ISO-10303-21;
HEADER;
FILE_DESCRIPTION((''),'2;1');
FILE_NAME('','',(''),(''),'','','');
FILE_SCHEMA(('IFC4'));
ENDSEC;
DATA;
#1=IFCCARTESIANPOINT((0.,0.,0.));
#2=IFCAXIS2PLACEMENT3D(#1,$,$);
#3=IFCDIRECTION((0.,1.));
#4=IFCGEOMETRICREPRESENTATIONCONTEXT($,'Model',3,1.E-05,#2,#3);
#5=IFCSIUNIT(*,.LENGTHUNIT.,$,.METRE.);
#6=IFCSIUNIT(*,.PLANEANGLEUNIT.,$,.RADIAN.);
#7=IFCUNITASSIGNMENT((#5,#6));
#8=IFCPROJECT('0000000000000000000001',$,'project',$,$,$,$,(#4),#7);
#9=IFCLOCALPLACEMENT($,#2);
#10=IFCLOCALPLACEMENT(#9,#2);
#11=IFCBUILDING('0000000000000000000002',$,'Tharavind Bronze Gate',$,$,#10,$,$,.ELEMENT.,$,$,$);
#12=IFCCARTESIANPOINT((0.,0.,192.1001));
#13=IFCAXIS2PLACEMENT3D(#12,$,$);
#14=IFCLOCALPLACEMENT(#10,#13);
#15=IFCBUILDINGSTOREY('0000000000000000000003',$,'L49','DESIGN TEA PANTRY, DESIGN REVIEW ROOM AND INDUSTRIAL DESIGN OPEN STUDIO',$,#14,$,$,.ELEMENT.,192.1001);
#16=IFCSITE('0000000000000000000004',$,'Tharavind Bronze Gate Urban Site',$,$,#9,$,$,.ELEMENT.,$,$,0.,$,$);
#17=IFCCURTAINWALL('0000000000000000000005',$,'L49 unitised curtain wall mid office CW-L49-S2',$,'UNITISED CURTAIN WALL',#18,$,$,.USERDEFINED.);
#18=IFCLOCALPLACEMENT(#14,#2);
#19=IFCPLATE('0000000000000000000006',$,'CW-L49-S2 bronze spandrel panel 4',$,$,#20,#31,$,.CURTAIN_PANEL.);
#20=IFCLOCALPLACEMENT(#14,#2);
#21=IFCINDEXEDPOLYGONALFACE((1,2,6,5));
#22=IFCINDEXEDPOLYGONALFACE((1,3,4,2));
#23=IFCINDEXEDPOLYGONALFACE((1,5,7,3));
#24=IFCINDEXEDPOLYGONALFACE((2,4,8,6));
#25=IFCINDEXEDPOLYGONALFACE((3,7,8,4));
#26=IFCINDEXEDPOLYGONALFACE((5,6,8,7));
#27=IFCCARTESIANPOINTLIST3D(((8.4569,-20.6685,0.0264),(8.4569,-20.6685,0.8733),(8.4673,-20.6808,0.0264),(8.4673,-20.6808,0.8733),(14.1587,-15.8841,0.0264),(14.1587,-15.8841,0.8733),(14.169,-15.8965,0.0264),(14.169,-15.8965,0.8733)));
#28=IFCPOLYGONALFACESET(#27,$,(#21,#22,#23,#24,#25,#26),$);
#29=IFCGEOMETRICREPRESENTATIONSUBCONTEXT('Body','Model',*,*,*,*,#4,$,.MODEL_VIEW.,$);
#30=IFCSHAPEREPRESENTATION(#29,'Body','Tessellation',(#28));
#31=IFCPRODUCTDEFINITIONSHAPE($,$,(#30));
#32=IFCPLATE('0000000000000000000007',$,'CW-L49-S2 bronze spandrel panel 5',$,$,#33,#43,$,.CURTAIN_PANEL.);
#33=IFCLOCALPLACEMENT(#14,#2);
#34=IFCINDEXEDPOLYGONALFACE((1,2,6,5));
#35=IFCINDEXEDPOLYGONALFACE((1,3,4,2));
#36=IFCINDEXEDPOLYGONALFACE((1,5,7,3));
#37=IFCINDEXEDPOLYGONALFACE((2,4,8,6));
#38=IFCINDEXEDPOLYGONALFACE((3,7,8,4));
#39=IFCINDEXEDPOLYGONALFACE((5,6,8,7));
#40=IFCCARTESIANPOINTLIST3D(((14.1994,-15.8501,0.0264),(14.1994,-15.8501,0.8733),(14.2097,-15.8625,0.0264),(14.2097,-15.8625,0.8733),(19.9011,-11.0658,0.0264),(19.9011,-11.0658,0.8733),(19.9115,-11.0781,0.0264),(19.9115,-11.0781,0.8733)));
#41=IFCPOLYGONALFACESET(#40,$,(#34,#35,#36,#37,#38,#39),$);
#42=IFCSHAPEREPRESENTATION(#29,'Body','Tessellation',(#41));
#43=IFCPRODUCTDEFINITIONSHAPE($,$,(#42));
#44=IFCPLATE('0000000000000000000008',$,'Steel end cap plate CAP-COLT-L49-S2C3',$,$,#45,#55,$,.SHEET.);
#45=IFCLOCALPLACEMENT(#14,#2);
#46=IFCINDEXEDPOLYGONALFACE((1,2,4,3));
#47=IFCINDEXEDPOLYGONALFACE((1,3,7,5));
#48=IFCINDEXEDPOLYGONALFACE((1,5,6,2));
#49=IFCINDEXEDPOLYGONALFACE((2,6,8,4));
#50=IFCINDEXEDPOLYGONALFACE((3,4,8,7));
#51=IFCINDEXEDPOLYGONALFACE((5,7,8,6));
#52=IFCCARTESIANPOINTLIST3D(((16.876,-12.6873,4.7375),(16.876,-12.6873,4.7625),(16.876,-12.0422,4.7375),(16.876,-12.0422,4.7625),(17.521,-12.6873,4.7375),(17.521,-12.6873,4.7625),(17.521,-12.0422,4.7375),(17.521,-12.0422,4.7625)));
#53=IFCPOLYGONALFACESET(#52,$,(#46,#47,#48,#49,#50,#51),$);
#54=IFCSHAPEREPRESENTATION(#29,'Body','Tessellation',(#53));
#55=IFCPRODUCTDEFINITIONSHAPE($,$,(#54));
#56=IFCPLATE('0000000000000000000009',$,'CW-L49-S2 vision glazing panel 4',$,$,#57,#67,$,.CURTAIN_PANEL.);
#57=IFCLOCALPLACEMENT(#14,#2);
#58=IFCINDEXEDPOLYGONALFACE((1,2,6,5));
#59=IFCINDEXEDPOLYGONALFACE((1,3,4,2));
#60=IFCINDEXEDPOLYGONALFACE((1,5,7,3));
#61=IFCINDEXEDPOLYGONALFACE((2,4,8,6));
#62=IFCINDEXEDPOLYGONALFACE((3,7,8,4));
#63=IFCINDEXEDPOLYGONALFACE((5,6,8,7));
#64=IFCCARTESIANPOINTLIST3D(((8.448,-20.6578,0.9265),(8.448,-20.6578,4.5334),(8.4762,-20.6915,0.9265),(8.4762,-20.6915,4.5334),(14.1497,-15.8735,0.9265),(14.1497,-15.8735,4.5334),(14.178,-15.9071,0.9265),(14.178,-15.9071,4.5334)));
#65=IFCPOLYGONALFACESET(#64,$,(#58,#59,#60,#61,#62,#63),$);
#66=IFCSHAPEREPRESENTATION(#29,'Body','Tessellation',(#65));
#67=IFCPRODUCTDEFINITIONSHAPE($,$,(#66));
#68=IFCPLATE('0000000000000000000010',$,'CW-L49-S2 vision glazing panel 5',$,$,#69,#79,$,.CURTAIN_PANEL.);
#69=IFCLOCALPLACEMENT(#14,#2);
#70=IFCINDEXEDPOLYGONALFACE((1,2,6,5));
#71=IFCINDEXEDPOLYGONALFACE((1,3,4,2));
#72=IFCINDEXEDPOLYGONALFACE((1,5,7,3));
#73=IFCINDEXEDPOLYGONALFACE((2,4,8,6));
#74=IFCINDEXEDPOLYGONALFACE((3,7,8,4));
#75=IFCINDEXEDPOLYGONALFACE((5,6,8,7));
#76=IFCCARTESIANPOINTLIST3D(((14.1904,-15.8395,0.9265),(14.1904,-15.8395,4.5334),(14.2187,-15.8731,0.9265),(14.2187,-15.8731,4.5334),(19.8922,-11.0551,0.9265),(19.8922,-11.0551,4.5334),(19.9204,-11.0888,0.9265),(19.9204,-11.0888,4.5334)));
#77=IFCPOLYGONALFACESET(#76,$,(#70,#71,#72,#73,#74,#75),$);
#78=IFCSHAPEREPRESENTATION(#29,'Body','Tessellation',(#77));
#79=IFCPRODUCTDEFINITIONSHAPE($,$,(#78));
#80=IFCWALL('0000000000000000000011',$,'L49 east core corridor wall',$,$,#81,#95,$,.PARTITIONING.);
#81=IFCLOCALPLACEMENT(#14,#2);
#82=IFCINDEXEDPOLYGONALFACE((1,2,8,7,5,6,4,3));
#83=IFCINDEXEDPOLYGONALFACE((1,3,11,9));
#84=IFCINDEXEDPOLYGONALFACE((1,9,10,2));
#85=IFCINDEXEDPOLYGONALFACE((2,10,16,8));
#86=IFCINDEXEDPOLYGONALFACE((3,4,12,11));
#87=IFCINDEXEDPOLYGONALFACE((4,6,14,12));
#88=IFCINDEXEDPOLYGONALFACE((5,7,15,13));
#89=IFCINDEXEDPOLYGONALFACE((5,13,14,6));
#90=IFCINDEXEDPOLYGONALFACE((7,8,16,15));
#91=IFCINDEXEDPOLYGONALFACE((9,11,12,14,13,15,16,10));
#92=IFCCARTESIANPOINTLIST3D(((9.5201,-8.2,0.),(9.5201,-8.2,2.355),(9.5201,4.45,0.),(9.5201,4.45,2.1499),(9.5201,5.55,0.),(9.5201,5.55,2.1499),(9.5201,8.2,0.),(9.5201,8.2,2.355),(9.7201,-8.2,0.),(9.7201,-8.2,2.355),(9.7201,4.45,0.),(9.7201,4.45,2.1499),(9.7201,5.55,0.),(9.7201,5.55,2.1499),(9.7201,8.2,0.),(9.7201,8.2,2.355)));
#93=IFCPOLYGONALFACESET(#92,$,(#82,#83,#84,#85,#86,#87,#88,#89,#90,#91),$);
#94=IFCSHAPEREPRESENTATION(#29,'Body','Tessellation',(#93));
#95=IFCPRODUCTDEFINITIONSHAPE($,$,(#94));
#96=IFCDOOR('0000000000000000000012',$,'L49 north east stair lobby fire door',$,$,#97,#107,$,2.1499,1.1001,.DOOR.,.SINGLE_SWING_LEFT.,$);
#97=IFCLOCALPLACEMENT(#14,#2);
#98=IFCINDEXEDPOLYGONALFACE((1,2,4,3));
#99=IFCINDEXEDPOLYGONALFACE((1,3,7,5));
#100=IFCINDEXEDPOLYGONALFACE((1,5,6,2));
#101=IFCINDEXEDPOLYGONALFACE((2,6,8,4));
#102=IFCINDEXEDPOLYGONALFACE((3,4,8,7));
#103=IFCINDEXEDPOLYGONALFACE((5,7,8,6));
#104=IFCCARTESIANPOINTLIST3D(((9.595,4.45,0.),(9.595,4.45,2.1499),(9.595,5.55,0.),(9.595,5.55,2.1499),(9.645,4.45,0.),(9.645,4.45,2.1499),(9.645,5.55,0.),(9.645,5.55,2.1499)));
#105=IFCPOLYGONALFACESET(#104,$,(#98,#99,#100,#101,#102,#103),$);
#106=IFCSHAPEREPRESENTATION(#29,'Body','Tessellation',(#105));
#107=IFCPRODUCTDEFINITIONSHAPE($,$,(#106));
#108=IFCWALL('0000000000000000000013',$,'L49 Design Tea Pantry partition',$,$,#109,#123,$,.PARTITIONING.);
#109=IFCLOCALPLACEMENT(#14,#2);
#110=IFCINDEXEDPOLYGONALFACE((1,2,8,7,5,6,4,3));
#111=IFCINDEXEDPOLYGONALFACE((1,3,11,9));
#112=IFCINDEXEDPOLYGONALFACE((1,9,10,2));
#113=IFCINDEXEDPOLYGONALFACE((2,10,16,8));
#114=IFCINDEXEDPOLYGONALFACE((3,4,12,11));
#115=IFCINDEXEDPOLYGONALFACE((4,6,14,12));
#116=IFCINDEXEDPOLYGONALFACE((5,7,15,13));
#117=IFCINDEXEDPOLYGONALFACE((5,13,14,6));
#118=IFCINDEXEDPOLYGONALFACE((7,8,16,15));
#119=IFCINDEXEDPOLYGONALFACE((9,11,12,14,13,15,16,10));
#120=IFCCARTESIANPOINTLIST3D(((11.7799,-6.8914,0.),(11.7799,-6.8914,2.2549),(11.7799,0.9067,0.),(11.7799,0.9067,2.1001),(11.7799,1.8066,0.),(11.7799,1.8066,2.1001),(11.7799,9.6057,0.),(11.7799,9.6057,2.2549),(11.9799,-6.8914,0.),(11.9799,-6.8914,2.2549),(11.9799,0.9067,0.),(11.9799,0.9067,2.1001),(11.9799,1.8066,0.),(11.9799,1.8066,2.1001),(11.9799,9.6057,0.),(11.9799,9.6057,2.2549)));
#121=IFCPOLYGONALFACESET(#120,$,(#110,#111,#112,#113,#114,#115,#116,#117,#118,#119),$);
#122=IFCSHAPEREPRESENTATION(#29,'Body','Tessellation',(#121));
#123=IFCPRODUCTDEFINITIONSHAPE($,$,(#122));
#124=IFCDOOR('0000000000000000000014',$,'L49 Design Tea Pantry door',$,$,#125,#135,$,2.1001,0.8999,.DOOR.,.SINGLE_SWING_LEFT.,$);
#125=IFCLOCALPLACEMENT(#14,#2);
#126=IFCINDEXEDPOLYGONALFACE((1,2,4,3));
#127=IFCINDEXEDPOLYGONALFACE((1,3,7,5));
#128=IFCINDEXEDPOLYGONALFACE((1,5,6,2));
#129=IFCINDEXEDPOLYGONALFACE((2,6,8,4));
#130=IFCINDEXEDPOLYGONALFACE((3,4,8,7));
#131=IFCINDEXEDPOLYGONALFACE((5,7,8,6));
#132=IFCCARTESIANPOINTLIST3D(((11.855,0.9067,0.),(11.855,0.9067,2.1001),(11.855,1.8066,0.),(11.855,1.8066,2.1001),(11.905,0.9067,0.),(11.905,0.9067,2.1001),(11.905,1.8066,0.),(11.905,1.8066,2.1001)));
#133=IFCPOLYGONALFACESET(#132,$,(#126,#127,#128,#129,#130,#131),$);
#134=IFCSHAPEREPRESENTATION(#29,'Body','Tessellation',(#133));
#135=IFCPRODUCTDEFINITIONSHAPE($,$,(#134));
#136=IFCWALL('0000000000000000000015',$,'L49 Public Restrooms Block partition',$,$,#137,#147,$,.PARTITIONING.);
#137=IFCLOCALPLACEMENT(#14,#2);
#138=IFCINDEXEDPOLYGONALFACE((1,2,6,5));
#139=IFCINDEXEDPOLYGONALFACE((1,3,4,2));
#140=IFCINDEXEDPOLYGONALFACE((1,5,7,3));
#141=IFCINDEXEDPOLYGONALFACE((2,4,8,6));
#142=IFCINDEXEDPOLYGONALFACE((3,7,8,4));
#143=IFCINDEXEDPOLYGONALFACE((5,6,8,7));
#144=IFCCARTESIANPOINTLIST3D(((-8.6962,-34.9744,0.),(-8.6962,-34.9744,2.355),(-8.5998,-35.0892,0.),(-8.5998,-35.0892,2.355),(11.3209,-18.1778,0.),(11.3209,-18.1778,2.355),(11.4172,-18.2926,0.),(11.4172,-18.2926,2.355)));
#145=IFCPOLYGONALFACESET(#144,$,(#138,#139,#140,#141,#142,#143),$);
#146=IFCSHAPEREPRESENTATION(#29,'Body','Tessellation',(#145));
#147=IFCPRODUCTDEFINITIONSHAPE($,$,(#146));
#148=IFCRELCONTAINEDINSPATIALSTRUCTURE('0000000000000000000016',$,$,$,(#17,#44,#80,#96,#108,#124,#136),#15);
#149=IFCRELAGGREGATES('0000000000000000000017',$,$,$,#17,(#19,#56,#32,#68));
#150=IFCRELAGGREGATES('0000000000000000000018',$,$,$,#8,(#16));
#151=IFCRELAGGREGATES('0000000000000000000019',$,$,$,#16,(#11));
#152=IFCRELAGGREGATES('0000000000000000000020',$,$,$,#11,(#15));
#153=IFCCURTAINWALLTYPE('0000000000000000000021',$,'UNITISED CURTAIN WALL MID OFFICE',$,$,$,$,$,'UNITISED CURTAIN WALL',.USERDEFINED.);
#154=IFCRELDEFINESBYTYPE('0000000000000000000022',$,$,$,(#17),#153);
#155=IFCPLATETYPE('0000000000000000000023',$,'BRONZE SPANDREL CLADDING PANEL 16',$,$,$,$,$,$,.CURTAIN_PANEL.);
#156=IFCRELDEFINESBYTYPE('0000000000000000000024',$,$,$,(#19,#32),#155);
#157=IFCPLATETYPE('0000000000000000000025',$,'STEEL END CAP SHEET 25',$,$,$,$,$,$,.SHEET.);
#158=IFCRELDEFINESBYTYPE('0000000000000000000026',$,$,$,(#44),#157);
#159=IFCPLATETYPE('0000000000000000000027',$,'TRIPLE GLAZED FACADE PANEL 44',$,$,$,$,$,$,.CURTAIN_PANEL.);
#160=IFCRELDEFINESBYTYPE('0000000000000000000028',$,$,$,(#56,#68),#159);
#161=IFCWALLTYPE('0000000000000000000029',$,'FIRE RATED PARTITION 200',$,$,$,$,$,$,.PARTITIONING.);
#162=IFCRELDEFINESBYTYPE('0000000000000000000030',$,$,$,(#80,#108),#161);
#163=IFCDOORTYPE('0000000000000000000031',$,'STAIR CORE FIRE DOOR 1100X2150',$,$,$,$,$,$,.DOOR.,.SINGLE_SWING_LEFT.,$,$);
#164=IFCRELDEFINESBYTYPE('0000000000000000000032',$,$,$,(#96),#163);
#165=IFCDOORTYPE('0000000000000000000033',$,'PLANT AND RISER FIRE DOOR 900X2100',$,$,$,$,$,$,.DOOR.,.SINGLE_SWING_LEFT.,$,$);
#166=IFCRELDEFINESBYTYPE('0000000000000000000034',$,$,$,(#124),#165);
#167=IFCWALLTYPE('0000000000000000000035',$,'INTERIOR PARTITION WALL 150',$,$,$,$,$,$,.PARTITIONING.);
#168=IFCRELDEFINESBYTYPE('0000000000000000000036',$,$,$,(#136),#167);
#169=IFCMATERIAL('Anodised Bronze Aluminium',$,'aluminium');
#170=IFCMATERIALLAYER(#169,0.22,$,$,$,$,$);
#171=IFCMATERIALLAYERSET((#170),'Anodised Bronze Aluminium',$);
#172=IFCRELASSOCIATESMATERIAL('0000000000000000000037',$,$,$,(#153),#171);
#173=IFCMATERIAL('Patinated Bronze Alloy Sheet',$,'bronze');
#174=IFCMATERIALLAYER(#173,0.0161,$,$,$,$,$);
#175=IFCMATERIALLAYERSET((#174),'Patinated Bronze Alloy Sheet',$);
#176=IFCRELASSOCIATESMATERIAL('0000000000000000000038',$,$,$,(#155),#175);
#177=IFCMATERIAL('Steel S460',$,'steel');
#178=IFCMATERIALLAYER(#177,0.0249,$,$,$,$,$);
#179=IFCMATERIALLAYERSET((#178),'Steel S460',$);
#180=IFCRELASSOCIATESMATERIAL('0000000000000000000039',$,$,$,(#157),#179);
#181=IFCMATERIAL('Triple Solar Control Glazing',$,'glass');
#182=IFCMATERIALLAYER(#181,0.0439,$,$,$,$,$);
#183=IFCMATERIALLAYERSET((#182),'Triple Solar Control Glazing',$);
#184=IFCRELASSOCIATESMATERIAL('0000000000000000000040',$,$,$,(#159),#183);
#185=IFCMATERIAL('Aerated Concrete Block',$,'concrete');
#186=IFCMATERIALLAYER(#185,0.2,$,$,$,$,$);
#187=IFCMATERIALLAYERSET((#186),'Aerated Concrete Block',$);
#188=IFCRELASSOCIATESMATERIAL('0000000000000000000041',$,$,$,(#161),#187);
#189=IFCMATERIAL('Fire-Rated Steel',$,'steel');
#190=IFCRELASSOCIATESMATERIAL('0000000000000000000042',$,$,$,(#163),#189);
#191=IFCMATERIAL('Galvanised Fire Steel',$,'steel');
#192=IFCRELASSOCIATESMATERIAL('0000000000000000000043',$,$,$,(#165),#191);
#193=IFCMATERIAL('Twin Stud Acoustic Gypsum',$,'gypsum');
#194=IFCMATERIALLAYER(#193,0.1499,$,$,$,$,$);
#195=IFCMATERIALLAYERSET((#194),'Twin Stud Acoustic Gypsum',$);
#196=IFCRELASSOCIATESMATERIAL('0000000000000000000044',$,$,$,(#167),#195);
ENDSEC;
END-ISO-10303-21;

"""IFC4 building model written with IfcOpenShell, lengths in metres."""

from ifc_helpers import new_model, si_unit, direction, frame, frame_2d, origin, origin_2d, place, context, subcontext, project, spatial, rectangle, extrude, material, layer, layer_set, type_object, element, fill, aggregate, save


model = new_model("IFC4")

# Units and contexts
model_context = context("Model", 3, precision=1e-05, world=origin(), true_north=direction((0.0, 1.0)))
body_context = subcontext(model_context, "Body", "Model", "MODEL_VIEW")
ifc_project = project(units=[si_unit("LENGTHUNIT", "METRE"), si_unit("PLANEANGLEUNIT", "RADIAN")], contexts=[model_context])

# Site, building, storey
site_placement = place(None, origin())
site = spatial("IfcSite", under=ifc_project, at=site_placement, Name="Tharavind Bronze Gate Urban Site", CompositionType="ELEMENT", RefElevation=0.0)
building_placement = place(site_placement, origin())
building = spatial("IfcBuilding", under=site, at=building_placement, Name="Tharavind Bronze Gate", CompositionType="ELEMENT")
storey_placement = place(building_placement, frame((0.0, 0.0, 192.1001)))
storey = spatial("IfcBuildingStorey", under=building, at=storey_placement, Name="L49", Description="DESIGN TEA PANTRY, DESIGN REVIEW ROOM AND INDUSTRIAL DESIGN OPEN STUDIO", CompositionType="ELEMENT", Elevation=192.1001)

# Shared definitions
ifc_material_1 = material(Name="Steel S460", Category="steel")

# Curtain wall
ifc_material_2 = material(Name="Anodised Bronze Aluminium", Category="aluminium")
ifc_layer_1 = layer(ifc_material_2, 0.22)
ifc_layer_set_1 = layer_set([ifc_layer_1], Name="Anodised Bronze Aluminium")
curtain_wall_type = type_object("IfcCurtainWallType", Name="UNITISED CURTAIN WALL MID OFFICE", ElementType="UNITISED CURTAIN WALL", PredefinedType="USERDEFINED", material=ifc_layer_set_1)
curtain_wall_placement = place(storey_placement, origin())
curtain_wall = element("IfcCurtainWall", 1, at=curtain_wall_placement, inside=storey, type_object=curtain_wall_type, Name="L49 unitised curtain wall mid office CW-L49-S2", ObjectType="UNITISED CURTAIN WALL", PredefinedType="USERDEFINED")

# Plates
ifc_material_3 = material(Name="Patinated Bronze Alloy Sheet", Category="bronze")
ifc_layer_2 = layer(ifc_material_3, 0.0161)
ifc_layer_set_2 = layer_set([ifc_layer_2], Name="Patinated Bronze Alloy Sheet")
plate_type_1 = type_object("IfcPlateType", Name="BRONZE SPANDREL CLADDING PANEL 16", PredefinedType="CURTAIN_PANEL", material=ifc_layer_set_2)
plate_1_placement = place(storey_placement, frame((11.313, -18.2825, 0.0264), z_axis=(0.0, 0.0, 1.0), x_axis=(0.766043, 0.642789, 0.0)))
plate_1 = element("IfcPlate", 2, at=plate_1_placement, type_object=plate_type_1, Name="CW-L49-S2 bronze spandrel panel 4", PredefinedType="CURTAIN_PANEL", context=body_context, shape_type="SweptSolid", body=[
    extrude(rectangle(XDim=7.4431, YDim=0.0161, at=origin_2d()), origin(), (0.0, 0.0, 1.0), 0.8469),
])
plate_2_placement = place(storey_placement, frame((17.0554, -13.4641, 0.0264), z_axis=(0.0, 0.0, 1.0), x_axis=(0.766043, 0.642789, 0.0)))
plate_2 = element("IfcPlate", 3, at=plate_2_placement, type_object=plate_type_1, Name="CW-L49-S2 bronze spandrel panel 5", PredefinedType="CURTAIN_PANEL", context=body_context, shape_type="SweptSolid", body=[
    extrude(rectangle(XDim=7.4431, YDim=0.0161, at=origin_2d()), origin(), (0.0, 0.0, 1.0), 0.8469),
])
ifc_layer_3 = layer(ifc_material_1, 0.0249)
ifc_layer_set_3 = layer_set([ifc_layer_3], Name="Steel S460")
plate_type_2 = type_object("IfcPlateType", Name="STEEL END CAP SHEET 25", PredefinedType="SHEET", material=ifc_layer_set_3)
plate_3_placement = place(storey_placement, frame((17.1985, -12.3647, 4.7375), z_axis=(0.0, 0.0, 1.0), x_axis=(1.0, 0.0, 0.0)))
element("IfcPlate", 4, at=plate_3_placement, inside=storey, type_object=plate_type_2, Name="Steel end cap plate CAP-COLT-L49-S2C3", PredefinedType="SHEET", context=body_context, shape_type="SweptSolid", body=[
    extrude(rectangle(XDim=0.645, YDim=0.645, at=origin_2d()), origin(), (0.0, 0.0, 1.0), 0.0249),
])
ifc_material_4 = material(Name="Triple Solar Control Glazing", Category="glass")
ifc_layer_4 = layer(ifc_material_4, 0.0439)
ifc_layer_set_4 = layer_set([ifc_layer_4], Name="Triple Solar Control Glazing")
plate_type_3 = type_object("IfcPlateType", Name="TRIPLE GLAZED FACADE PANEL 44", PredefinedType="CURTAIN_PANEL", material=ifc_layer_set_4)
plate_4_placement = place(storey_placement, frame((11.313, -18.2825, 0.9265), z_axis=(0.0, 0.0, 1.0), x_axis=(0.766043, 0.642789, 0.0)))
plate_4 = element("IfcPlate", 5, at=plate_4_placement, type_object=plate_type_3, Name="CW-L49-S2 vision glazing panel 4", PredefinedType="CURTAIN_PANEL", context=body_context, shape_type="SweptSolid", body=[
    extrude(rectangle(XDim=7.4431, YDim=0.0439, at=origin_2d()), origin(), (0.0, 0.0, 1.0), 3.6069),
])
plate_5_placement = place(storey_placement, frame((17.0554, -13.4641, 0.9265), z_axis=(0.0, 0.0, 1.0), x_axis=(0.766043, 0.642789, 0.0)))
plate_5 = element("IfcPlate", 6, at=plate_5_placement, type_object=plate_type_3, Name="CW-L49-S2 vision glazing panel 5", PredefinedType="CURTAIN_PANEL", context=body_context, shape_type="SweptSolid", body=[
    extrude(rectangle(XDim=7.4431, YDim=0.0439, at=origin_2d()), origin(), (0.0, 0.0, 1.0), 3.6069),
])
aggregate(curtain_wall, [plate_1, plate_4, plate_2, plate_5])

# Walls, openings, doors
ifc_material_5 = material(Name="Aerated Concrete Block", Category="concrete")
ifc_layer_5 = layer(ifc_material_5, 0.2)
ifc_layer_set_5 = layer_set([ifc_layer_5], Name="Aerated Concrete Block")
wall_type_1 = type_object("IfcWallType", Name="FIRE RATED PARTITION 200", PredefinedType="PARTITIONING", material=ifc_layer_set_5)
wall_1_placement = place(storey_placement, frame((9.6201, -8.2, 0.0), z_axis=(0.0, 0.0, 1.0), x_axis=(0.0, 1.0, 0.0)))
wall_1 = element("IfcWall", 7, at=wall_1_placement, inside=storey, type_object=wall_type_1, Name="L49 east core corridor wall", PredefinedType="PARTITIONING", context=body_context, shape_type="SweptSolid", body=[
    extrude(rectangle(XDim=16.3999, YDim=0.2, at=frame_2d((8.2, 0.0))), origin(), (0.0, 0.0, 1.0), 2.355),
])
opening_1_placement = place(wall_1_placement, frame((12.6499, 0.0, 0.0)))
opening_1 = element("IfcOpeningElement", 8, at=opening_1_placement, cuts=wall_1, PredefinedType="OPENING", context=body_context, shape_type="SweptSolid", body=[
    extrude(rectangle(XDim=1.1001, YDim=2.1499, at=frame_2d((0.55, 1.075))), frame((0.0, 0.1101, 0.0), z_axis=(0.0, -1.0, 0.0), x_axis=(1.0, 0.0, 0.0)), (0.0, 0.0, 1.0), 0.22),
])
ifc_material_6 = material(Name="Fire-Rated Steel", Category="steel")
door_type_1 = type_object("IfcDoorType", Name="STAIR CORE FIRE DOOR 1100X2150", OperationType="SINGLE_SWING_LEFT", PredefinedType="DOOR", material=ifc_material_6)
door_1_placement = place(opening_1_placement, frame((1.1001, 0.0, 0.0), z_axis=(0.0, 0.0, 1.0), x_axis=(-1.0, 0.0, 0.0)))
door_1 = element("IfcDoor", 9, at=door_1_placement, inside=storey, type_object=door_type_1, Name="L49 north east stair lobby fire door", OperationType="SINGLE_SWING_LEFT", OverallHeight=2.1499, OverallWidth=1.1001, PredefinedType="DOOR", context=body_context, shape_type="SweptSolid", body=[
    extrude(rectangle(XDim=1.1001, YDim=2.1499, at=frame_2d((0.55, 1.075))), frame((0.0, 0.0249, 0.0), z_axis=(0.0, -1.0, 0.0), x_axis=(1.0, 0.0, 0.0)), (0.0, 0.0, 1.0), 0.05),
])
fill(opening_1, door_1)
wall_2_placement = place(storey_placement, frame((11.8799, -6.8914, 0.0), z_axis=(0.0, 0.0, 1.0), x_axis=(0.0, 1.0, 0.0)))
wall_2 = element("IfcWall", 10, at=wall_2_placement, inside=storey, type_object=wall_type_1, Name="L49 Design Tea Pantry partition", PredefinedType="PARTITIONING", context=body_context, shape_type="SweptSolid", body=[
    extrude(rectangle(XDim=16.4971, YDim=0.2, at=frame_2d((8.2485, 0.0))), origin(), (0.0, 0.0, 1.0), 2.2549),
])
opening_2_placement = place(wall_2_placement, frame((7.7981, 0.0, 0.0)))
opening_2 = element("IfcOpeningElement", 11, at=opening_2_placement, cuts=wall_2, PredefinedType="OPENING", context=body_context, shape_type="SweptSolid", body=[
    extrude(rectangle(XDim=0.8999, YDim=2.1001, at=frame_2d((0.45, 1.05))), frame((0.0, 0.1101, 0.0), z_axis=(0.0, -1.0, 0.0), x_axis=(1.0, 0.0, 0.0)), (0.0, 0.0, 1.0), 0.22),
])
ifc_material_7 = material(Name="Galvanised Fire Steel", Category="steel")
door_type_2 = type_object("IfcDoorType", Name="PLANT AND RISER FIRE DOOR 900X2100", OperationType="SINGLE_SWING_LEFT", PredefinedType="DOOR", material=ifc_material_7)
door_2_placement = place(opening_2_placement, origin())
door_2 = element("IfcDoor", 12, at=door_2_placement, inside=storey, type_object=door_type_2, Name="L49 Design Tea Pantry door", OperationType="SINGLE_SWING_LEFT", OverallHeight=2.1001, OverallWidth=0.8999, PredefinedType="DOOR", context=body_context, shape_type="SweptSolid", body=[
    extrude(rectangle(XDim=0.8999, YDim=2.1001, at=frame_2d((0.45, 1.05))), frame((0.0, 0.0249, 0.0), z_axis=(0.0, -1.0, 0.0), x_axis=(1.0, 0.0, 0.0)), (0.0, 0.0, 1.0), 0.05),
])
fill(opening_2, door_2)

# Wall
ifc_material_8 = material(Name="Twin Stud Acoustic Gypsum", Category="gypsum")
ifc_layer_6 = layer(ifc_material_8, 0.1499)
ifc_layer_set_6 = layer_set([ifc_layer_6], Name="Twin Stud Acoustic Gypsum")
wall_type_2 = type_object("IfcWallType", Name="INTERIOR PARTITION WALL 150", PredefinedType="PARTITIONING", material=ifc_layer_set_6)
wall_3_placement = place(storey_placement, frame((11.3691, -18.2351, 0.0), z_axis=(0.0, 0.0, 1.0), x_axis=(-0.766039, -0.642794, 0.0)))
element("IfcWall", 13, at=wall_3_placement, inside=storey, type_object=wall_type_2, Name="L49 Public Restrooms Block partition", PredefinedType="PARTITIONING", context=body_context, shape_type="SweptSolid", body=[
    extrude(rectangle(XDim=26.1306, YDim=0.1499, at=frame_2d((13.0654, 0.0))), origin(), (0.0, 0.0, 1.0), 2.355),
])

save(model, "model.ifc")
